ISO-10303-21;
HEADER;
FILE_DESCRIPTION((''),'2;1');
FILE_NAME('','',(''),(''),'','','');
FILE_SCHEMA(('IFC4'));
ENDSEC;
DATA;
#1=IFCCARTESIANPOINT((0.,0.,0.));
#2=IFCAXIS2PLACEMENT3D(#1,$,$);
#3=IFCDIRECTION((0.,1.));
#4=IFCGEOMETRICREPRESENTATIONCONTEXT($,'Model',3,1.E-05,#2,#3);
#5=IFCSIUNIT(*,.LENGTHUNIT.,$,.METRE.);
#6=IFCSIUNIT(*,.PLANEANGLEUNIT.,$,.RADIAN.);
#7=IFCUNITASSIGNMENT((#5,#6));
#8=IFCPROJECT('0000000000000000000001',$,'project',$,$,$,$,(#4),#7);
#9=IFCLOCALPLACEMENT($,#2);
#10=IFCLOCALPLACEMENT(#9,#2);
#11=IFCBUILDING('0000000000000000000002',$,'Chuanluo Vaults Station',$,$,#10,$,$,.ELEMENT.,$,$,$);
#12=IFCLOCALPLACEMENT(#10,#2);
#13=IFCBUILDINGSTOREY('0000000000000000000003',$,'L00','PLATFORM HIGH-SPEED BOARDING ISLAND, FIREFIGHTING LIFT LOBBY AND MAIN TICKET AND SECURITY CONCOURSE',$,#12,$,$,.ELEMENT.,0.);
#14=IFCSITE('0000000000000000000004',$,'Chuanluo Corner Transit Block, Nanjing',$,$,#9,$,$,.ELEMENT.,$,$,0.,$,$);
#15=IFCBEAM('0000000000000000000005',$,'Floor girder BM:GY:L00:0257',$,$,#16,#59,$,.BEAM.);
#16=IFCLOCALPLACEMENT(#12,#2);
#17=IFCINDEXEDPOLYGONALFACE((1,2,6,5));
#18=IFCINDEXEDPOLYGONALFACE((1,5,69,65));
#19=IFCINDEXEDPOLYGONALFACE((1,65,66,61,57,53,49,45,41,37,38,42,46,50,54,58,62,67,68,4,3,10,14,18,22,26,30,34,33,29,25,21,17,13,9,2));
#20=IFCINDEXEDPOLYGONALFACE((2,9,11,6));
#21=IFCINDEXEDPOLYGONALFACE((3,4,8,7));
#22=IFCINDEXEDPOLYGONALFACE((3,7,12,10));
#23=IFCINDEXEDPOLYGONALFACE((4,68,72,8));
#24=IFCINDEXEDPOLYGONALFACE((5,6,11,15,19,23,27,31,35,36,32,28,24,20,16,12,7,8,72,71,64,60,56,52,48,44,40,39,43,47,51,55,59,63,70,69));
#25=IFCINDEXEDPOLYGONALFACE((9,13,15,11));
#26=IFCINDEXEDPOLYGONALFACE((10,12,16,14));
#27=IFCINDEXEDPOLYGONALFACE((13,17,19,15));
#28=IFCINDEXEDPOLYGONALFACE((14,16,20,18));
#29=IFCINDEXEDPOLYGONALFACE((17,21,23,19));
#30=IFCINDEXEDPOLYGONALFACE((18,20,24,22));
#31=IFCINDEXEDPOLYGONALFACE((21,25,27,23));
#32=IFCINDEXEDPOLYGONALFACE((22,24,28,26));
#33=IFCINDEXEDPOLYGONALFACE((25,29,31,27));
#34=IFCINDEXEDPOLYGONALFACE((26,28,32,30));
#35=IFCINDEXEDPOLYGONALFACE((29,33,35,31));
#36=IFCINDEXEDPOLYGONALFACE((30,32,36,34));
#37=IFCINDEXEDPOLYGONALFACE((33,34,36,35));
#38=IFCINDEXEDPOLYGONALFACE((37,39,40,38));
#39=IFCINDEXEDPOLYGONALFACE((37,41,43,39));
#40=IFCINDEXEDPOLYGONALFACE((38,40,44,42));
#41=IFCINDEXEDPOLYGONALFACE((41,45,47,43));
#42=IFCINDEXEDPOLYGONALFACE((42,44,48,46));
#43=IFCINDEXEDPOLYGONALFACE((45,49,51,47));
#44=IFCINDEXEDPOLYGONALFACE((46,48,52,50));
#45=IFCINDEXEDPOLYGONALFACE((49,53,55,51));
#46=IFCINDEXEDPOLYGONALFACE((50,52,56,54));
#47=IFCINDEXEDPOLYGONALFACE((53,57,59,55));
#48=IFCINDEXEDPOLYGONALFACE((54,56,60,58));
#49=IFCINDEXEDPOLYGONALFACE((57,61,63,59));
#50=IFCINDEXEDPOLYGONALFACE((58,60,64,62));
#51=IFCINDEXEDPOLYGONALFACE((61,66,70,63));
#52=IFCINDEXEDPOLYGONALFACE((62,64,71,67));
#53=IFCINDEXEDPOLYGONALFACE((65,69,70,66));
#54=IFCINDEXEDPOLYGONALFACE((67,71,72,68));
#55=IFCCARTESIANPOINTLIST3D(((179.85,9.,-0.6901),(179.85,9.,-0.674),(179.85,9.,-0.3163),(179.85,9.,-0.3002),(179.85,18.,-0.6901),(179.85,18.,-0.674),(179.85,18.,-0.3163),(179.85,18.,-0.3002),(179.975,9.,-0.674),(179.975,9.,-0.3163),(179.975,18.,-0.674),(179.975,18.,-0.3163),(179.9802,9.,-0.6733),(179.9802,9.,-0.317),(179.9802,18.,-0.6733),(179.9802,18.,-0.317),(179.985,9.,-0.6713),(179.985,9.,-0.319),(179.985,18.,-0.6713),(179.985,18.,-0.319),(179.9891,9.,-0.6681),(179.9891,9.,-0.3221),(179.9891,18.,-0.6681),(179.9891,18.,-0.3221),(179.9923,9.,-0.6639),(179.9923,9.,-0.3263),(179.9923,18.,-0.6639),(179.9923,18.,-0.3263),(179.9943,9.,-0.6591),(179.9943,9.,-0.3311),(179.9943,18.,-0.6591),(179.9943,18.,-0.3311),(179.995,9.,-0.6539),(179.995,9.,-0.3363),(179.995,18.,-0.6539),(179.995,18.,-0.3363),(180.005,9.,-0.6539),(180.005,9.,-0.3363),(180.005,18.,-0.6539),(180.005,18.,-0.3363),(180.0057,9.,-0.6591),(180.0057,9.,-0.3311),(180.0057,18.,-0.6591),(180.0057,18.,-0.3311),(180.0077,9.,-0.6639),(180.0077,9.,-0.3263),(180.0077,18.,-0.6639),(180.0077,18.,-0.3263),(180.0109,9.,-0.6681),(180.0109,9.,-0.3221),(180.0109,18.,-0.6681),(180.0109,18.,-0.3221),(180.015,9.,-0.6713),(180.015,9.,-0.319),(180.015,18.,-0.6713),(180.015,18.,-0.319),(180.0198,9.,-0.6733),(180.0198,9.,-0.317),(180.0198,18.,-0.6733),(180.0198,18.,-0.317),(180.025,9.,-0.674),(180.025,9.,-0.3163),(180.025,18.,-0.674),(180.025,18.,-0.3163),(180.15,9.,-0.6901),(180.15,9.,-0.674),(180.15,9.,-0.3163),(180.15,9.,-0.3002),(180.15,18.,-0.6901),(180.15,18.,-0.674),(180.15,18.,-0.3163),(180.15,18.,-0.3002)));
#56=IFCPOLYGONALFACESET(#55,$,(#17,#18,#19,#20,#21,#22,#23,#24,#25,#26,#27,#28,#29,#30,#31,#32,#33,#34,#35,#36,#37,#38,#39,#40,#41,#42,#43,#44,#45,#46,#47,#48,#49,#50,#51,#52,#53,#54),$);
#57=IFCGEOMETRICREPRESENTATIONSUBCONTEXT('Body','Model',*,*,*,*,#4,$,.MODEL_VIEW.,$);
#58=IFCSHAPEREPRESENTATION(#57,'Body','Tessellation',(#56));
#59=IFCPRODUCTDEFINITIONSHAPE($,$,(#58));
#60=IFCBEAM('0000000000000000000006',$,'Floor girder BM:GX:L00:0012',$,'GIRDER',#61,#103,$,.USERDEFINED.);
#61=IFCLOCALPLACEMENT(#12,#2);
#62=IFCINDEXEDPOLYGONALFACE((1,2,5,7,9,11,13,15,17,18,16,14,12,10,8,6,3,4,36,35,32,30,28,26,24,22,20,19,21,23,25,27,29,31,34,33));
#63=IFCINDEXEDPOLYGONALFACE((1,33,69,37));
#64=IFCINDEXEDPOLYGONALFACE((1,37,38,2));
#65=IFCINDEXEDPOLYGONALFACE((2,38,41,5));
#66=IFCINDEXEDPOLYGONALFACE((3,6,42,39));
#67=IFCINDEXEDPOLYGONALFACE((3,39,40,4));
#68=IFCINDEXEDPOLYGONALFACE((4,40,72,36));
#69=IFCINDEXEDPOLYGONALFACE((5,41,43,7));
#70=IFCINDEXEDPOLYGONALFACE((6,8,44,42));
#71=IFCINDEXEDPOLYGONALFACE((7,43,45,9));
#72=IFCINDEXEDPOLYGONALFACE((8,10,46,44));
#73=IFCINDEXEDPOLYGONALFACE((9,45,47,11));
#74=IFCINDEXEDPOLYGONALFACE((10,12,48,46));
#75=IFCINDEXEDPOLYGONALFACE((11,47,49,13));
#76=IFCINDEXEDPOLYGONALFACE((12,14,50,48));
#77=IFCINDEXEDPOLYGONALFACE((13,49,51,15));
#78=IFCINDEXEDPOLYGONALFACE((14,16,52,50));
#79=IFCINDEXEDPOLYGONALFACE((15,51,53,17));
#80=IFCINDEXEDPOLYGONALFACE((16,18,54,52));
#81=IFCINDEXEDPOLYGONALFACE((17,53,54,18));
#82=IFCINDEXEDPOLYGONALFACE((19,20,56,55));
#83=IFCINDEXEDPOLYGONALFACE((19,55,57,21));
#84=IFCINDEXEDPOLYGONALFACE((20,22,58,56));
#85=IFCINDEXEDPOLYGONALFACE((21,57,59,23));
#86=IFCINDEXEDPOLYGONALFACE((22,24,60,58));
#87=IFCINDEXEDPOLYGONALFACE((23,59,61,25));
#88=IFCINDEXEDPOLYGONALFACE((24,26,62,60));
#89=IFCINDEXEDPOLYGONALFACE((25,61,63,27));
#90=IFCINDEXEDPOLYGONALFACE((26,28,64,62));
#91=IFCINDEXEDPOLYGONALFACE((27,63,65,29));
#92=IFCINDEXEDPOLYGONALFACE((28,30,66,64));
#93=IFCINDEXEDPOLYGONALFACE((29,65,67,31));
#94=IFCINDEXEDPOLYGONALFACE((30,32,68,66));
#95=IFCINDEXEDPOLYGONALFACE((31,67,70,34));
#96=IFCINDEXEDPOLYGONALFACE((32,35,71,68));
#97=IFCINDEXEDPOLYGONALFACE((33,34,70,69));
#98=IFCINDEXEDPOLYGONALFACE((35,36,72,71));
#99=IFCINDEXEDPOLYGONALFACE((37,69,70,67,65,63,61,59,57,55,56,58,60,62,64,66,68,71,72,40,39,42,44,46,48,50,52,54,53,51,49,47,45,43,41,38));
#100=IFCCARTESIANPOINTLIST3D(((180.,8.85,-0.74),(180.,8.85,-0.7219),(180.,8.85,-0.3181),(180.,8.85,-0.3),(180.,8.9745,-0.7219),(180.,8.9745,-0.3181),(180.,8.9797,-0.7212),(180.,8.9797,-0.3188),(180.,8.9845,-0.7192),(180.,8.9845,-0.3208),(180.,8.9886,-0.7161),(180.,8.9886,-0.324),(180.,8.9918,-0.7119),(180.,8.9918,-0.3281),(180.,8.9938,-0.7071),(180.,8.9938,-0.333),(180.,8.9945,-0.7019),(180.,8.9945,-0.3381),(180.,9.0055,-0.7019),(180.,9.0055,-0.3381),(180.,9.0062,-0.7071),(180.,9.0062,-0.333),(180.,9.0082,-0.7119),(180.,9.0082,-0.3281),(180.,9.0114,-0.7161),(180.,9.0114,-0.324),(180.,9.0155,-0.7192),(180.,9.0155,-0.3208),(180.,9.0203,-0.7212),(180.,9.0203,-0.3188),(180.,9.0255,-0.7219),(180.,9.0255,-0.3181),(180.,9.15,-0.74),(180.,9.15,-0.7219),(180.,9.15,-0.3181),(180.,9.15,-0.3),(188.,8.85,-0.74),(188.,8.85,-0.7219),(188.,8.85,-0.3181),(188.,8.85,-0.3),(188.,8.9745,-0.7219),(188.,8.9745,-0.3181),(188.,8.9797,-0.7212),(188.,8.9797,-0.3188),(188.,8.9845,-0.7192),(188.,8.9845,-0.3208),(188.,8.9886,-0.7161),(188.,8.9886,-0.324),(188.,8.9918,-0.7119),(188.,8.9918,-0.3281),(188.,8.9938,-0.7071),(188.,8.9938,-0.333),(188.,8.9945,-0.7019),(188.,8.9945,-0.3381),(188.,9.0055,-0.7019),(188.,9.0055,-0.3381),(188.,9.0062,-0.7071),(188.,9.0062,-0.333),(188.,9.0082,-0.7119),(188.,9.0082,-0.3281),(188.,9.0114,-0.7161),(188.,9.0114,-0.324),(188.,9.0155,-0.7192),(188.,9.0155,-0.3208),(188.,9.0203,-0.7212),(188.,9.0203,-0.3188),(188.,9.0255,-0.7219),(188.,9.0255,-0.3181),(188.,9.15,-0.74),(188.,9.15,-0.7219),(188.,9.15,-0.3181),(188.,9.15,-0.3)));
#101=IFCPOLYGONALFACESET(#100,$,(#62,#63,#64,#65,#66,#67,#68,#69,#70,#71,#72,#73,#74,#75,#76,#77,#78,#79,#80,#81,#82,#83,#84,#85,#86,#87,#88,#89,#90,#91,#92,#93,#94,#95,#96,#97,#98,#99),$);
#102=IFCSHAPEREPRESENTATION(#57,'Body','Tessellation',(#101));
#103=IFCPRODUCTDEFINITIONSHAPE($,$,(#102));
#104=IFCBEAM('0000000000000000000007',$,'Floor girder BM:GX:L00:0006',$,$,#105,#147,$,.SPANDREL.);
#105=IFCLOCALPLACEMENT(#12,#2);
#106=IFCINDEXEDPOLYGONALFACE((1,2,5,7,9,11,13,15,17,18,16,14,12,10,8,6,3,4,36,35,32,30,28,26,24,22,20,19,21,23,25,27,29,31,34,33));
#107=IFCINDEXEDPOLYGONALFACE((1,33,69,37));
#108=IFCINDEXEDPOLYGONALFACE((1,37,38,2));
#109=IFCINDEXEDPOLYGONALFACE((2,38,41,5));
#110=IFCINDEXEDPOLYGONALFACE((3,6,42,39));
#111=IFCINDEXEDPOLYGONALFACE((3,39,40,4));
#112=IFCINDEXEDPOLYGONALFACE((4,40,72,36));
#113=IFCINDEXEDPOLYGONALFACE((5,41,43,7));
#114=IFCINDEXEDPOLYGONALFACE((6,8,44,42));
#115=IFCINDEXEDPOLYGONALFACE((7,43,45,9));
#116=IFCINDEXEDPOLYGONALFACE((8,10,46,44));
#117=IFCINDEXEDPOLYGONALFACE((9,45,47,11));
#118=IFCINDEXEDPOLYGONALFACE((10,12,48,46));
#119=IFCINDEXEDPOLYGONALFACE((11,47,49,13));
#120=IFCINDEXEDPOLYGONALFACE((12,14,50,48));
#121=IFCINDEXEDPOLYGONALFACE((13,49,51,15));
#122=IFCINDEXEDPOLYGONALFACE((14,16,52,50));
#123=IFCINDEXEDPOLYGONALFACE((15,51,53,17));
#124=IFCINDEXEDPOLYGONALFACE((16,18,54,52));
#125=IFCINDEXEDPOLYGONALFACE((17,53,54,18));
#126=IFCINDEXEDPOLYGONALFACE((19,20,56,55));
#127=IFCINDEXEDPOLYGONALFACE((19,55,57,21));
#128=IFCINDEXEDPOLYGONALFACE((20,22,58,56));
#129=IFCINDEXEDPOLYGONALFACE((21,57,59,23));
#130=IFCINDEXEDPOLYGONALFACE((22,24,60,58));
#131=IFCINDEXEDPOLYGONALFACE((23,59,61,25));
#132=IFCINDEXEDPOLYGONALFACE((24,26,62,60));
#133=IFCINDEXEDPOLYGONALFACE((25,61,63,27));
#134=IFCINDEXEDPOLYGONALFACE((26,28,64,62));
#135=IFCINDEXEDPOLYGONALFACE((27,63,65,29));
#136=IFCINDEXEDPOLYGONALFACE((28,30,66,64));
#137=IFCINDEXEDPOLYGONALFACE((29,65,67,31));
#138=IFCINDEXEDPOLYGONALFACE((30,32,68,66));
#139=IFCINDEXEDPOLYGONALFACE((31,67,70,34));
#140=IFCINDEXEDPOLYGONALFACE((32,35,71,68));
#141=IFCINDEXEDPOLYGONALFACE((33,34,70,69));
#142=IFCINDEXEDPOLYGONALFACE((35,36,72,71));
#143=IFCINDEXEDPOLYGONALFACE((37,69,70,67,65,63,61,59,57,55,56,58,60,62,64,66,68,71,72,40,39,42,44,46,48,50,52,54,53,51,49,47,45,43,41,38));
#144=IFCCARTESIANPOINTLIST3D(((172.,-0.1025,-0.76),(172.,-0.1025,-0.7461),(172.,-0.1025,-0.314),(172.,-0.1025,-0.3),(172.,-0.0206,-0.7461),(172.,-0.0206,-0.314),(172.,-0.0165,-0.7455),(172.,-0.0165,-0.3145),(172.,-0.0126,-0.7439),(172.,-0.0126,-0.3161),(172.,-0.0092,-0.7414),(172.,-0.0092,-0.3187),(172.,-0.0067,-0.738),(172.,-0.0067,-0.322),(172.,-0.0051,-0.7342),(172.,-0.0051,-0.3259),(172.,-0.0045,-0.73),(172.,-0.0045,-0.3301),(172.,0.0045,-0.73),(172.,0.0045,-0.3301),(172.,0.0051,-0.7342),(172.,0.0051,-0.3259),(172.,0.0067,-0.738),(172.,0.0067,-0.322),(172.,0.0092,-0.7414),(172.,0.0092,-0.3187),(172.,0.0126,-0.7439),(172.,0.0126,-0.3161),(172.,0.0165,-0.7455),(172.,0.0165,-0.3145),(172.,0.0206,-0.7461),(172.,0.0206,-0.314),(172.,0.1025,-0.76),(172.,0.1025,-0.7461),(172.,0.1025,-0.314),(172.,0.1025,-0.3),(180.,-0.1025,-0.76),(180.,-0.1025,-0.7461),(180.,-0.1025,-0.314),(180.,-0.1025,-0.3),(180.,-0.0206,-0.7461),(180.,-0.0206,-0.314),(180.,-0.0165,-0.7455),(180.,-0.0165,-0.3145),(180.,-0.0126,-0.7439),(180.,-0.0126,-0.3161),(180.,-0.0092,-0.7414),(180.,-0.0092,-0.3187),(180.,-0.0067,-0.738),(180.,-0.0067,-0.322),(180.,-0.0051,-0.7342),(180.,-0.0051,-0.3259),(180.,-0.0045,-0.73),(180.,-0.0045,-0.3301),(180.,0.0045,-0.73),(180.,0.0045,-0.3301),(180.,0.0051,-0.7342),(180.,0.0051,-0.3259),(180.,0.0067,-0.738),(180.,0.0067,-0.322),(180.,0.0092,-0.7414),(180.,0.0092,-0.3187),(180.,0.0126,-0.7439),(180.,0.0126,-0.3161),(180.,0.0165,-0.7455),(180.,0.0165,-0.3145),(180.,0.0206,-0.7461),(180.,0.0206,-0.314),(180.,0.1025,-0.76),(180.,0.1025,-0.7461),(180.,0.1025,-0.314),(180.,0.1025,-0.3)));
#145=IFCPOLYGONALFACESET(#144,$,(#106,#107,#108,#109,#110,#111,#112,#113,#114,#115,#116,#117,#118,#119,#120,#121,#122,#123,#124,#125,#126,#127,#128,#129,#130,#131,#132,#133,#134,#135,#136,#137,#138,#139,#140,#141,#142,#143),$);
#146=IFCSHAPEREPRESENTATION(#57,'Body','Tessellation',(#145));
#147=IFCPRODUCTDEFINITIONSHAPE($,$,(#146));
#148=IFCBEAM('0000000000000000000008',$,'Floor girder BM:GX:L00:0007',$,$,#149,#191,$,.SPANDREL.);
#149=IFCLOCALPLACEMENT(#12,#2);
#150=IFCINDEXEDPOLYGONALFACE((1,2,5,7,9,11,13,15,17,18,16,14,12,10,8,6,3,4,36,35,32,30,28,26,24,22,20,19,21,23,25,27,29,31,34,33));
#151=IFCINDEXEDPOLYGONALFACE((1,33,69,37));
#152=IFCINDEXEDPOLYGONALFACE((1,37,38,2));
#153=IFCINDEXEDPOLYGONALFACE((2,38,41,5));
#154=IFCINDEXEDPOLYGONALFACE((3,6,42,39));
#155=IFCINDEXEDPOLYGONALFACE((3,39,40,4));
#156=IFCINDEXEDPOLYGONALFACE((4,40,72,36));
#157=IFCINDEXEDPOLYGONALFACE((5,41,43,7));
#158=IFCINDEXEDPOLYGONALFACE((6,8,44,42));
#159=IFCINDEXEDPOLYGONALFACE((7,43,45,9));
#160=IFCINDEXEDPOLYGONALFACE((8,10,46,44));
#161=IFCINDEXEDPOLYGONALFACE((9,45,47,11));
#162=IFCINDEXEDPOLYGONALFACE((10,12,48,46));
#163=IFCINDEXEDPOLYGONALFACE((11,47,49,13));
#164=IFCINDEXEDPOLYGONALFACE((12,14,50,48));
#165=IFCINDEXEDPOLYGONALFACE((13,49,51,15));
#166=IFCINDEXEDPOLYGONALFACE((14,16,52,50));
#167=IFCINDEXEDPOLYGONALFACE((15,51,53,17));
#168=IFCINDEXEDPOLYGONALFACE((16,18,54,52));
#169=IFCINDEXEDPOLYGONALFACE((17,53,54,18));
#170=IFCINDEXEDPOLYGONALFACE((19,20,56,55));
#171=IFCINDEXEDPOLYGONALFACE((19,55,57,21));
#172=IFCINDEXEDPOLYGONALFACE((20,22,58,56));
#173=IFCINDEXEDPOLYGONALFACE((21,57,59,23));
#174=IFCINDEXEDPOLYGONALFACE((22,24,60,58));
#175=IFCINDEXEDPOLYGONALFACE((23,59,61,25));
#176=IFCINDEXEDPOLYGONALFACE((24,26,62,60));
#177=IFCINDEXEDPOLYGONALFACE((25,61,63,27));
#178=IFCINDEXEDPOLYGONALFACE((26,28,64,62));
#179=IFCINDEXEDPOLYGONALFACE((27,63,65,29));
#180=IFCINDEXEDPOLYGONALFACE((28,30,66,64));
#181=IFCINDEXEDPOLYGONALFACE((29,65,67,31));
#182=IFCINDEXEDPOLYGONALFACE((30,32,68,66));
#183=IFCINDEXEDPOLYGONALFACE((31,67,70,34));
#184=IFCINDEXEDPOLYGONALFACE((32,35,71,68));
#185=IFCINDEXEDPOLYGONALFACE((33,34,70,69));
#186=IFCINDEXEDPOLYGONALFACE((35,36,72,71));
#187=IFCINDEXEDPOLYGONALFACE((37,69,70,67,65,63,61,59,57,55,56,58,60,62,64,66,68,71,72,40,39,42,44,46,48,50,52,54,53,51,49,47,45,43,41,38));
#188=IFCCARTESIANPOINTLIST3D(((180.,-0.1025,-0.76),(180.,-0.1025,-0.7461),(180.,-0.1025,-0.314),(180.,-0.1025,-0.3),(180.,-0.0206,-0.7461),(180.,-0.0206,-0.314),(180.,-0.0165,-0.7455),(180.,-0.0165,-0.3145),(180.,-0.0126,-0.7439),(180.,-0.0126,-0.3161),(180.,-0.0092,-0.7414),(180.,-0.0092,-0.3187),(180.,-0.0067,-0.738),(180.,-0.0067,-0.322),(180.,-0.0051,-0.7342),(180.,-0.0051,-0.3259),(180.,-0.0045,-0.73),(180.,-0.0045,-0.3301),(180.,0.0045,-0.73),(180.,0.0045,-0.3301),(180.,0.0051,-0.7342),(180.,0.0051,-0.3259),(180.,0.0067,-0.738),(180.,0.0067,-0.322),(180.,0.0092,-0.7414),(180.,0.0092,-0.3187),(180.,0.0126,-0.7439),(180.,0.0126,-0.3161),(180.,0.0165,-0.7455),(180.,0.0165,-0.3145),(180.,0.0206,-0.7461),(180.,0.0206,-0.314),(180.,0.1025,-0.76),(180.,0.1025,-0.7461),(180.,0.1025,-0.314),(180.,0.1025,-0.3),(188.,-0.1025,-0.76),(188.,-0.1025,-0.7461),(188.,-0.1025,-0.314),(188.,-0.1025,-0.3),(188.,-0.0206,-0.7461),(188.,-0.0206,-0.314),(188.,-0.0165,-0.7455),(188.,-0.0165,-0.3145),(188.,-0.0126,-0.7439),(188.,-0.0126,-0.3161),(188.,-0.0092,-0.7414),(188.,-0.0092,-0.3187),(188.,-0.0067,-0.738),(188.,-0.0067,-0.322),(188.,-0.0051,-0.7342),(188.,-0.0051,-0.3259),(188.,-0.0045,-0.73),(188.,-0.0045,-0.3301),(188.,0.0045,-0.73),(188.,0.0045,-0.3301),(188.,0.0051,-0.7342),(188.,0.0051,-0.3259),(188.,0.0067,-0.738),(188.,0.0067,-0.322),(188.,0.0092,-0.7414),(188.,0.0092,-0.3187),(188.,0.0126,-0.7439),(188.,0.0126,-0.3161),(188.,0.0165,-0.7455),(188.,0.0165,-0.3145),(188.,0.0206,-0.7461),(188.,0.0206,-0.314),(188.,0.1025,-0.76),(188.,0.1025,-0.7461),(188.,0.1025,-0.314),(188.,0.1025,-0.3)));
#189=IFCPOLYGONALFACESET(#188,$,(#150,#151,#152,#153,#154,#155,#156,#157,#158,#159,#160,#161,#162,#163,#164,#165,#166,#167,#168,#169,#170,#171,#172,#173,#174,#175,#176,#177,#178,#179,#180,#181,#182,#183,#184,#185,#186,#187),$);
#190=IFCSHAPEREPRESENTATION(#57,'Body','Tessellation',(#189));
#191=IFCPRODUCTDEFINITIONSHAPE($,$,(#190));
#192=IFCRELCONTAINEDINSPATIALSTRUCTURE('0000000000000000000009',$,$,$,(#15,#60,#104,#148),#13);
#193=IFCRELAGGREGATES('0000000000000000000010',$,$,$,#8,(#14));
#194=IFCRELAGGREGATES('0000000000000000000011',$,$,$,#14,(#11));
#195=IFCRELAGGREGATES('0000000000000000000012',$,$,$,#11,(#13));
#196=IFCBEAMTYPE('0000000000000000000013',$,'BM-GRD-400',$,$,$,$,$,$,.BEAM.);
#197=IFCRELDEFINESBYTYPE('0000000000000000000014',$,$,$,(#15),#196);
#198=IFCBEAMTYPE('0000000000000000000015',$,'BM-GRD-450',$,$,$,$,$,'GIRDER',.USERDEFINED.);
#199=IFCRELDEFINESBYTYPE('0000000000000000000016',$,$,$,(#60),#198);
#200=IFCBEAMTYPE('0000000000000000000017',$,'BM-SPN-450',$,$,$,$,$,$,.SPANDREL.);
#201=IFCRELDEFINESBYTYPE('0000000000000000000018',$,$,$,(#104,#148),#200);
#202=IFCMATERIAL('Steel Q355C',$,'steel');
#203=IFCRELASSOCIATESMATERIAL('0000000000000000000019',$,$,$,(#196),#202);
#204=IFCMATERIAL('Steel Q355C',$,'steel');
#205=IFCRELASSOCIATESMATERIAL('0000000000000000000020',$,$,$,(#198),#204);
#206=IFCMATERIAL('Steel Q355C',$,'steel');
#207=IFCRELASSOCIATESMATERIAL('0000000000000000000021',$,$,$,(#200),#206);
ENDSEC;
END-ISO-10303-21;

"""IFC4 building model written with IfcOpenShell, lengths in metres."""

from ifc_helpers import new_model, si_unit, direction, frame, origin, origin_2d, place, context, subcontext, project, spatial, i_section, extrude, material, material_profile, profile_set, type_object, element, save


model = new_model("IFC4")

# Units and contexts
model_context = context("Model", 3, precision=1e-05, world=origin(), true_north=direction((0.0, 1.0)))
body_context = subcontext(model_context, "Body", "Model", "MODEL_VIEW")
ifc_project = project(units=[si_unit("LENGTHUNIT", "METRE"), si_unit("PLANEANGLEUNIT", "RADIAN")], contexts=[model_context])

# Site, building, storey
site_placement = place(None, origin())
site = spatial("IfcSite", under=ifc_project, at=site_placement, Name="Chuanluo Corner Transit Block, Nanjing", CompositionType="ELEMENT", RefElevation=0.0)
building_placement = place(site_placement, origin())
building = spatial("IfcBuilding", under=site, at=building_placement, Name="Chuanluo Vaults Station", CompositionType="ELEMENT")
storey_placement = place(building_placement, origin())
storey = spatial("IfcBuildingStorey", under=building, at=storey_placement, Name="L00", Description="PLATFORM HIGH-SPEED BOARDING ISLAND, FIREFIGHTING LIFT LOBBY AND MAIN TICKET AND SECURITY CONCOURSE", CompositionType="ELEMENT", Elevation=0.0)

# Beams
ifc_material_1 = material(Name="Steel Q355C", Category="steel")
ifc_material_profile_1 = material_profile(ifc_material_1, i_section(OverallWidth=0.3, OverallDepth=0.3899, WebThickness=0.01, FlangeThickness=0.0161, FilletRadius=0.02, at=origin_2d()))
ifc_profile_set_1 = profile_set([ifc_material_profile_1], Name="Steel Q355C")
beam_type_1 = type_object("IfcBeamType", Name="BM-GRD-400", PredefinedType="BEAM", material=ifc_profile_set_1)
for number, where, z_axis, x_axis, name in (
    (1, (180.0, 9.0, -0.4951), (0.0, 1.0, 0.0), (-1.0, 0.0, 0.0), "Floor girder BM:GY:L00:0257"),
):
    element("IfcBeam", number, at=place(storey_placement, frame(where, z_axis=z_axis, x_axis=x_axis)), inside=storey, type_object=beam_type_1, Name=name, PredefinedType="BEAM", context=body_context, shape_type="SweptSolid", body=[
        extrude(i_section(OverallWidth=0.3, OverallDepth=0.3899, WebThickness=0.01, FlangeThickness=0.0161, FilletRadius=0.02, at=origin_2d()), origin(), (0.0, 0.0, 1.0), 9.0),
    ])
ifc_material_2 = material(Name="Steel Q355C", Category="steel")
ifc_material_profile_2 = material_profile(ifc_material_2, i_section(OverallWidth=0.3, OverallDepth=0.4399, WebThickness=0.011, FlangeThickness=0.0181, FilletRadius=0.02, at=origin_2d()))
ifc_profile_set_2 = profile_set([ifc_material_profile_2], Name="Steel Q355C")
beam_type_2 = type_object("IfcBeamType", Name="BM-GRD-450", ElementType="GIRDER", PredefinedType="USERDEFINED", material=ifc_profile_set_2)
beam_1_placement = place(storey_placement, frame((180.0, 9.0, -0.52), z_axis=(1.0, 0.0, 0.0), x_axis=(0.0, 1.0, 0.0)))
element("IfcBeam", 2, at=beam_1_placement, inside=storey, type_object=beam_type_2, Name="Floor girder BM:GX:L00:0012", ObjectType="GIRDER", PredefinedType="USERDEFINED", context=body_context, shape_type="SweptSolid", body=[
    extrude(i_section(OverallWidth=0.3, OverallDepth=0.4399, WebThickness=0.011, FlangeThickness=0.0181, FilletRadius=0.02, at=origin_2d()), origin(), (0.0, 0.0, 1.0), 8.0),
])
ifc_material_3 = material(Name="Steel Q355C", Category="steel")
ifc_material_profile_3 = material_profile(ifc_material_3, i_section(OverallWidth=0.2051, OverallDepth=0.46, WebThickness=0.009, FlangeThickness=0.0139, FilletRadius=0.0161, at=origin_2d()))
ifc_profile_set_3 = profile_set([ifc_material_profile_3], Name="Steel Q355C")
beam_type_3 = type_object("IfcBeamType", Name="BM-SPN-450", PredefinedType="SPANDREL", material=ifc_profile_set_3)
for number, where, z_axis, x_axis, name in (
    (3, (172.0, 0.0, -0.53), (1.0, 0.0, 0.0), (0.0, 1.0, 0.0), "Floor girder BM:GX:L00:0006"),
    (4, (180.0, 0.0, -0.53), (1.0, 0.0, 0.0), (0.0, 1.0, 0.0), "Floor girder BM:GX:L00:0007"),
):
    element("IfcBeam", number, at=place(storey_placement, frame(where, z_axis=z_axis, x_axis=x_axis)), inside=storey, type_object=beam_type_3, Name=name, PredefinedType="SPANDREL", context=body_context, shape_type="SweptSolid", body=[
        extrude(i_section(OverallWidth=0.2051, OverallDepth=0.46, WebThickness=0.009, FlangeThickness=0.0139, FilletRadius=0.0161, at=origin_2d()), origin(), (0.0, 0.0, 1.0), 8.0),
    ])

save(model, "model.ifc")
